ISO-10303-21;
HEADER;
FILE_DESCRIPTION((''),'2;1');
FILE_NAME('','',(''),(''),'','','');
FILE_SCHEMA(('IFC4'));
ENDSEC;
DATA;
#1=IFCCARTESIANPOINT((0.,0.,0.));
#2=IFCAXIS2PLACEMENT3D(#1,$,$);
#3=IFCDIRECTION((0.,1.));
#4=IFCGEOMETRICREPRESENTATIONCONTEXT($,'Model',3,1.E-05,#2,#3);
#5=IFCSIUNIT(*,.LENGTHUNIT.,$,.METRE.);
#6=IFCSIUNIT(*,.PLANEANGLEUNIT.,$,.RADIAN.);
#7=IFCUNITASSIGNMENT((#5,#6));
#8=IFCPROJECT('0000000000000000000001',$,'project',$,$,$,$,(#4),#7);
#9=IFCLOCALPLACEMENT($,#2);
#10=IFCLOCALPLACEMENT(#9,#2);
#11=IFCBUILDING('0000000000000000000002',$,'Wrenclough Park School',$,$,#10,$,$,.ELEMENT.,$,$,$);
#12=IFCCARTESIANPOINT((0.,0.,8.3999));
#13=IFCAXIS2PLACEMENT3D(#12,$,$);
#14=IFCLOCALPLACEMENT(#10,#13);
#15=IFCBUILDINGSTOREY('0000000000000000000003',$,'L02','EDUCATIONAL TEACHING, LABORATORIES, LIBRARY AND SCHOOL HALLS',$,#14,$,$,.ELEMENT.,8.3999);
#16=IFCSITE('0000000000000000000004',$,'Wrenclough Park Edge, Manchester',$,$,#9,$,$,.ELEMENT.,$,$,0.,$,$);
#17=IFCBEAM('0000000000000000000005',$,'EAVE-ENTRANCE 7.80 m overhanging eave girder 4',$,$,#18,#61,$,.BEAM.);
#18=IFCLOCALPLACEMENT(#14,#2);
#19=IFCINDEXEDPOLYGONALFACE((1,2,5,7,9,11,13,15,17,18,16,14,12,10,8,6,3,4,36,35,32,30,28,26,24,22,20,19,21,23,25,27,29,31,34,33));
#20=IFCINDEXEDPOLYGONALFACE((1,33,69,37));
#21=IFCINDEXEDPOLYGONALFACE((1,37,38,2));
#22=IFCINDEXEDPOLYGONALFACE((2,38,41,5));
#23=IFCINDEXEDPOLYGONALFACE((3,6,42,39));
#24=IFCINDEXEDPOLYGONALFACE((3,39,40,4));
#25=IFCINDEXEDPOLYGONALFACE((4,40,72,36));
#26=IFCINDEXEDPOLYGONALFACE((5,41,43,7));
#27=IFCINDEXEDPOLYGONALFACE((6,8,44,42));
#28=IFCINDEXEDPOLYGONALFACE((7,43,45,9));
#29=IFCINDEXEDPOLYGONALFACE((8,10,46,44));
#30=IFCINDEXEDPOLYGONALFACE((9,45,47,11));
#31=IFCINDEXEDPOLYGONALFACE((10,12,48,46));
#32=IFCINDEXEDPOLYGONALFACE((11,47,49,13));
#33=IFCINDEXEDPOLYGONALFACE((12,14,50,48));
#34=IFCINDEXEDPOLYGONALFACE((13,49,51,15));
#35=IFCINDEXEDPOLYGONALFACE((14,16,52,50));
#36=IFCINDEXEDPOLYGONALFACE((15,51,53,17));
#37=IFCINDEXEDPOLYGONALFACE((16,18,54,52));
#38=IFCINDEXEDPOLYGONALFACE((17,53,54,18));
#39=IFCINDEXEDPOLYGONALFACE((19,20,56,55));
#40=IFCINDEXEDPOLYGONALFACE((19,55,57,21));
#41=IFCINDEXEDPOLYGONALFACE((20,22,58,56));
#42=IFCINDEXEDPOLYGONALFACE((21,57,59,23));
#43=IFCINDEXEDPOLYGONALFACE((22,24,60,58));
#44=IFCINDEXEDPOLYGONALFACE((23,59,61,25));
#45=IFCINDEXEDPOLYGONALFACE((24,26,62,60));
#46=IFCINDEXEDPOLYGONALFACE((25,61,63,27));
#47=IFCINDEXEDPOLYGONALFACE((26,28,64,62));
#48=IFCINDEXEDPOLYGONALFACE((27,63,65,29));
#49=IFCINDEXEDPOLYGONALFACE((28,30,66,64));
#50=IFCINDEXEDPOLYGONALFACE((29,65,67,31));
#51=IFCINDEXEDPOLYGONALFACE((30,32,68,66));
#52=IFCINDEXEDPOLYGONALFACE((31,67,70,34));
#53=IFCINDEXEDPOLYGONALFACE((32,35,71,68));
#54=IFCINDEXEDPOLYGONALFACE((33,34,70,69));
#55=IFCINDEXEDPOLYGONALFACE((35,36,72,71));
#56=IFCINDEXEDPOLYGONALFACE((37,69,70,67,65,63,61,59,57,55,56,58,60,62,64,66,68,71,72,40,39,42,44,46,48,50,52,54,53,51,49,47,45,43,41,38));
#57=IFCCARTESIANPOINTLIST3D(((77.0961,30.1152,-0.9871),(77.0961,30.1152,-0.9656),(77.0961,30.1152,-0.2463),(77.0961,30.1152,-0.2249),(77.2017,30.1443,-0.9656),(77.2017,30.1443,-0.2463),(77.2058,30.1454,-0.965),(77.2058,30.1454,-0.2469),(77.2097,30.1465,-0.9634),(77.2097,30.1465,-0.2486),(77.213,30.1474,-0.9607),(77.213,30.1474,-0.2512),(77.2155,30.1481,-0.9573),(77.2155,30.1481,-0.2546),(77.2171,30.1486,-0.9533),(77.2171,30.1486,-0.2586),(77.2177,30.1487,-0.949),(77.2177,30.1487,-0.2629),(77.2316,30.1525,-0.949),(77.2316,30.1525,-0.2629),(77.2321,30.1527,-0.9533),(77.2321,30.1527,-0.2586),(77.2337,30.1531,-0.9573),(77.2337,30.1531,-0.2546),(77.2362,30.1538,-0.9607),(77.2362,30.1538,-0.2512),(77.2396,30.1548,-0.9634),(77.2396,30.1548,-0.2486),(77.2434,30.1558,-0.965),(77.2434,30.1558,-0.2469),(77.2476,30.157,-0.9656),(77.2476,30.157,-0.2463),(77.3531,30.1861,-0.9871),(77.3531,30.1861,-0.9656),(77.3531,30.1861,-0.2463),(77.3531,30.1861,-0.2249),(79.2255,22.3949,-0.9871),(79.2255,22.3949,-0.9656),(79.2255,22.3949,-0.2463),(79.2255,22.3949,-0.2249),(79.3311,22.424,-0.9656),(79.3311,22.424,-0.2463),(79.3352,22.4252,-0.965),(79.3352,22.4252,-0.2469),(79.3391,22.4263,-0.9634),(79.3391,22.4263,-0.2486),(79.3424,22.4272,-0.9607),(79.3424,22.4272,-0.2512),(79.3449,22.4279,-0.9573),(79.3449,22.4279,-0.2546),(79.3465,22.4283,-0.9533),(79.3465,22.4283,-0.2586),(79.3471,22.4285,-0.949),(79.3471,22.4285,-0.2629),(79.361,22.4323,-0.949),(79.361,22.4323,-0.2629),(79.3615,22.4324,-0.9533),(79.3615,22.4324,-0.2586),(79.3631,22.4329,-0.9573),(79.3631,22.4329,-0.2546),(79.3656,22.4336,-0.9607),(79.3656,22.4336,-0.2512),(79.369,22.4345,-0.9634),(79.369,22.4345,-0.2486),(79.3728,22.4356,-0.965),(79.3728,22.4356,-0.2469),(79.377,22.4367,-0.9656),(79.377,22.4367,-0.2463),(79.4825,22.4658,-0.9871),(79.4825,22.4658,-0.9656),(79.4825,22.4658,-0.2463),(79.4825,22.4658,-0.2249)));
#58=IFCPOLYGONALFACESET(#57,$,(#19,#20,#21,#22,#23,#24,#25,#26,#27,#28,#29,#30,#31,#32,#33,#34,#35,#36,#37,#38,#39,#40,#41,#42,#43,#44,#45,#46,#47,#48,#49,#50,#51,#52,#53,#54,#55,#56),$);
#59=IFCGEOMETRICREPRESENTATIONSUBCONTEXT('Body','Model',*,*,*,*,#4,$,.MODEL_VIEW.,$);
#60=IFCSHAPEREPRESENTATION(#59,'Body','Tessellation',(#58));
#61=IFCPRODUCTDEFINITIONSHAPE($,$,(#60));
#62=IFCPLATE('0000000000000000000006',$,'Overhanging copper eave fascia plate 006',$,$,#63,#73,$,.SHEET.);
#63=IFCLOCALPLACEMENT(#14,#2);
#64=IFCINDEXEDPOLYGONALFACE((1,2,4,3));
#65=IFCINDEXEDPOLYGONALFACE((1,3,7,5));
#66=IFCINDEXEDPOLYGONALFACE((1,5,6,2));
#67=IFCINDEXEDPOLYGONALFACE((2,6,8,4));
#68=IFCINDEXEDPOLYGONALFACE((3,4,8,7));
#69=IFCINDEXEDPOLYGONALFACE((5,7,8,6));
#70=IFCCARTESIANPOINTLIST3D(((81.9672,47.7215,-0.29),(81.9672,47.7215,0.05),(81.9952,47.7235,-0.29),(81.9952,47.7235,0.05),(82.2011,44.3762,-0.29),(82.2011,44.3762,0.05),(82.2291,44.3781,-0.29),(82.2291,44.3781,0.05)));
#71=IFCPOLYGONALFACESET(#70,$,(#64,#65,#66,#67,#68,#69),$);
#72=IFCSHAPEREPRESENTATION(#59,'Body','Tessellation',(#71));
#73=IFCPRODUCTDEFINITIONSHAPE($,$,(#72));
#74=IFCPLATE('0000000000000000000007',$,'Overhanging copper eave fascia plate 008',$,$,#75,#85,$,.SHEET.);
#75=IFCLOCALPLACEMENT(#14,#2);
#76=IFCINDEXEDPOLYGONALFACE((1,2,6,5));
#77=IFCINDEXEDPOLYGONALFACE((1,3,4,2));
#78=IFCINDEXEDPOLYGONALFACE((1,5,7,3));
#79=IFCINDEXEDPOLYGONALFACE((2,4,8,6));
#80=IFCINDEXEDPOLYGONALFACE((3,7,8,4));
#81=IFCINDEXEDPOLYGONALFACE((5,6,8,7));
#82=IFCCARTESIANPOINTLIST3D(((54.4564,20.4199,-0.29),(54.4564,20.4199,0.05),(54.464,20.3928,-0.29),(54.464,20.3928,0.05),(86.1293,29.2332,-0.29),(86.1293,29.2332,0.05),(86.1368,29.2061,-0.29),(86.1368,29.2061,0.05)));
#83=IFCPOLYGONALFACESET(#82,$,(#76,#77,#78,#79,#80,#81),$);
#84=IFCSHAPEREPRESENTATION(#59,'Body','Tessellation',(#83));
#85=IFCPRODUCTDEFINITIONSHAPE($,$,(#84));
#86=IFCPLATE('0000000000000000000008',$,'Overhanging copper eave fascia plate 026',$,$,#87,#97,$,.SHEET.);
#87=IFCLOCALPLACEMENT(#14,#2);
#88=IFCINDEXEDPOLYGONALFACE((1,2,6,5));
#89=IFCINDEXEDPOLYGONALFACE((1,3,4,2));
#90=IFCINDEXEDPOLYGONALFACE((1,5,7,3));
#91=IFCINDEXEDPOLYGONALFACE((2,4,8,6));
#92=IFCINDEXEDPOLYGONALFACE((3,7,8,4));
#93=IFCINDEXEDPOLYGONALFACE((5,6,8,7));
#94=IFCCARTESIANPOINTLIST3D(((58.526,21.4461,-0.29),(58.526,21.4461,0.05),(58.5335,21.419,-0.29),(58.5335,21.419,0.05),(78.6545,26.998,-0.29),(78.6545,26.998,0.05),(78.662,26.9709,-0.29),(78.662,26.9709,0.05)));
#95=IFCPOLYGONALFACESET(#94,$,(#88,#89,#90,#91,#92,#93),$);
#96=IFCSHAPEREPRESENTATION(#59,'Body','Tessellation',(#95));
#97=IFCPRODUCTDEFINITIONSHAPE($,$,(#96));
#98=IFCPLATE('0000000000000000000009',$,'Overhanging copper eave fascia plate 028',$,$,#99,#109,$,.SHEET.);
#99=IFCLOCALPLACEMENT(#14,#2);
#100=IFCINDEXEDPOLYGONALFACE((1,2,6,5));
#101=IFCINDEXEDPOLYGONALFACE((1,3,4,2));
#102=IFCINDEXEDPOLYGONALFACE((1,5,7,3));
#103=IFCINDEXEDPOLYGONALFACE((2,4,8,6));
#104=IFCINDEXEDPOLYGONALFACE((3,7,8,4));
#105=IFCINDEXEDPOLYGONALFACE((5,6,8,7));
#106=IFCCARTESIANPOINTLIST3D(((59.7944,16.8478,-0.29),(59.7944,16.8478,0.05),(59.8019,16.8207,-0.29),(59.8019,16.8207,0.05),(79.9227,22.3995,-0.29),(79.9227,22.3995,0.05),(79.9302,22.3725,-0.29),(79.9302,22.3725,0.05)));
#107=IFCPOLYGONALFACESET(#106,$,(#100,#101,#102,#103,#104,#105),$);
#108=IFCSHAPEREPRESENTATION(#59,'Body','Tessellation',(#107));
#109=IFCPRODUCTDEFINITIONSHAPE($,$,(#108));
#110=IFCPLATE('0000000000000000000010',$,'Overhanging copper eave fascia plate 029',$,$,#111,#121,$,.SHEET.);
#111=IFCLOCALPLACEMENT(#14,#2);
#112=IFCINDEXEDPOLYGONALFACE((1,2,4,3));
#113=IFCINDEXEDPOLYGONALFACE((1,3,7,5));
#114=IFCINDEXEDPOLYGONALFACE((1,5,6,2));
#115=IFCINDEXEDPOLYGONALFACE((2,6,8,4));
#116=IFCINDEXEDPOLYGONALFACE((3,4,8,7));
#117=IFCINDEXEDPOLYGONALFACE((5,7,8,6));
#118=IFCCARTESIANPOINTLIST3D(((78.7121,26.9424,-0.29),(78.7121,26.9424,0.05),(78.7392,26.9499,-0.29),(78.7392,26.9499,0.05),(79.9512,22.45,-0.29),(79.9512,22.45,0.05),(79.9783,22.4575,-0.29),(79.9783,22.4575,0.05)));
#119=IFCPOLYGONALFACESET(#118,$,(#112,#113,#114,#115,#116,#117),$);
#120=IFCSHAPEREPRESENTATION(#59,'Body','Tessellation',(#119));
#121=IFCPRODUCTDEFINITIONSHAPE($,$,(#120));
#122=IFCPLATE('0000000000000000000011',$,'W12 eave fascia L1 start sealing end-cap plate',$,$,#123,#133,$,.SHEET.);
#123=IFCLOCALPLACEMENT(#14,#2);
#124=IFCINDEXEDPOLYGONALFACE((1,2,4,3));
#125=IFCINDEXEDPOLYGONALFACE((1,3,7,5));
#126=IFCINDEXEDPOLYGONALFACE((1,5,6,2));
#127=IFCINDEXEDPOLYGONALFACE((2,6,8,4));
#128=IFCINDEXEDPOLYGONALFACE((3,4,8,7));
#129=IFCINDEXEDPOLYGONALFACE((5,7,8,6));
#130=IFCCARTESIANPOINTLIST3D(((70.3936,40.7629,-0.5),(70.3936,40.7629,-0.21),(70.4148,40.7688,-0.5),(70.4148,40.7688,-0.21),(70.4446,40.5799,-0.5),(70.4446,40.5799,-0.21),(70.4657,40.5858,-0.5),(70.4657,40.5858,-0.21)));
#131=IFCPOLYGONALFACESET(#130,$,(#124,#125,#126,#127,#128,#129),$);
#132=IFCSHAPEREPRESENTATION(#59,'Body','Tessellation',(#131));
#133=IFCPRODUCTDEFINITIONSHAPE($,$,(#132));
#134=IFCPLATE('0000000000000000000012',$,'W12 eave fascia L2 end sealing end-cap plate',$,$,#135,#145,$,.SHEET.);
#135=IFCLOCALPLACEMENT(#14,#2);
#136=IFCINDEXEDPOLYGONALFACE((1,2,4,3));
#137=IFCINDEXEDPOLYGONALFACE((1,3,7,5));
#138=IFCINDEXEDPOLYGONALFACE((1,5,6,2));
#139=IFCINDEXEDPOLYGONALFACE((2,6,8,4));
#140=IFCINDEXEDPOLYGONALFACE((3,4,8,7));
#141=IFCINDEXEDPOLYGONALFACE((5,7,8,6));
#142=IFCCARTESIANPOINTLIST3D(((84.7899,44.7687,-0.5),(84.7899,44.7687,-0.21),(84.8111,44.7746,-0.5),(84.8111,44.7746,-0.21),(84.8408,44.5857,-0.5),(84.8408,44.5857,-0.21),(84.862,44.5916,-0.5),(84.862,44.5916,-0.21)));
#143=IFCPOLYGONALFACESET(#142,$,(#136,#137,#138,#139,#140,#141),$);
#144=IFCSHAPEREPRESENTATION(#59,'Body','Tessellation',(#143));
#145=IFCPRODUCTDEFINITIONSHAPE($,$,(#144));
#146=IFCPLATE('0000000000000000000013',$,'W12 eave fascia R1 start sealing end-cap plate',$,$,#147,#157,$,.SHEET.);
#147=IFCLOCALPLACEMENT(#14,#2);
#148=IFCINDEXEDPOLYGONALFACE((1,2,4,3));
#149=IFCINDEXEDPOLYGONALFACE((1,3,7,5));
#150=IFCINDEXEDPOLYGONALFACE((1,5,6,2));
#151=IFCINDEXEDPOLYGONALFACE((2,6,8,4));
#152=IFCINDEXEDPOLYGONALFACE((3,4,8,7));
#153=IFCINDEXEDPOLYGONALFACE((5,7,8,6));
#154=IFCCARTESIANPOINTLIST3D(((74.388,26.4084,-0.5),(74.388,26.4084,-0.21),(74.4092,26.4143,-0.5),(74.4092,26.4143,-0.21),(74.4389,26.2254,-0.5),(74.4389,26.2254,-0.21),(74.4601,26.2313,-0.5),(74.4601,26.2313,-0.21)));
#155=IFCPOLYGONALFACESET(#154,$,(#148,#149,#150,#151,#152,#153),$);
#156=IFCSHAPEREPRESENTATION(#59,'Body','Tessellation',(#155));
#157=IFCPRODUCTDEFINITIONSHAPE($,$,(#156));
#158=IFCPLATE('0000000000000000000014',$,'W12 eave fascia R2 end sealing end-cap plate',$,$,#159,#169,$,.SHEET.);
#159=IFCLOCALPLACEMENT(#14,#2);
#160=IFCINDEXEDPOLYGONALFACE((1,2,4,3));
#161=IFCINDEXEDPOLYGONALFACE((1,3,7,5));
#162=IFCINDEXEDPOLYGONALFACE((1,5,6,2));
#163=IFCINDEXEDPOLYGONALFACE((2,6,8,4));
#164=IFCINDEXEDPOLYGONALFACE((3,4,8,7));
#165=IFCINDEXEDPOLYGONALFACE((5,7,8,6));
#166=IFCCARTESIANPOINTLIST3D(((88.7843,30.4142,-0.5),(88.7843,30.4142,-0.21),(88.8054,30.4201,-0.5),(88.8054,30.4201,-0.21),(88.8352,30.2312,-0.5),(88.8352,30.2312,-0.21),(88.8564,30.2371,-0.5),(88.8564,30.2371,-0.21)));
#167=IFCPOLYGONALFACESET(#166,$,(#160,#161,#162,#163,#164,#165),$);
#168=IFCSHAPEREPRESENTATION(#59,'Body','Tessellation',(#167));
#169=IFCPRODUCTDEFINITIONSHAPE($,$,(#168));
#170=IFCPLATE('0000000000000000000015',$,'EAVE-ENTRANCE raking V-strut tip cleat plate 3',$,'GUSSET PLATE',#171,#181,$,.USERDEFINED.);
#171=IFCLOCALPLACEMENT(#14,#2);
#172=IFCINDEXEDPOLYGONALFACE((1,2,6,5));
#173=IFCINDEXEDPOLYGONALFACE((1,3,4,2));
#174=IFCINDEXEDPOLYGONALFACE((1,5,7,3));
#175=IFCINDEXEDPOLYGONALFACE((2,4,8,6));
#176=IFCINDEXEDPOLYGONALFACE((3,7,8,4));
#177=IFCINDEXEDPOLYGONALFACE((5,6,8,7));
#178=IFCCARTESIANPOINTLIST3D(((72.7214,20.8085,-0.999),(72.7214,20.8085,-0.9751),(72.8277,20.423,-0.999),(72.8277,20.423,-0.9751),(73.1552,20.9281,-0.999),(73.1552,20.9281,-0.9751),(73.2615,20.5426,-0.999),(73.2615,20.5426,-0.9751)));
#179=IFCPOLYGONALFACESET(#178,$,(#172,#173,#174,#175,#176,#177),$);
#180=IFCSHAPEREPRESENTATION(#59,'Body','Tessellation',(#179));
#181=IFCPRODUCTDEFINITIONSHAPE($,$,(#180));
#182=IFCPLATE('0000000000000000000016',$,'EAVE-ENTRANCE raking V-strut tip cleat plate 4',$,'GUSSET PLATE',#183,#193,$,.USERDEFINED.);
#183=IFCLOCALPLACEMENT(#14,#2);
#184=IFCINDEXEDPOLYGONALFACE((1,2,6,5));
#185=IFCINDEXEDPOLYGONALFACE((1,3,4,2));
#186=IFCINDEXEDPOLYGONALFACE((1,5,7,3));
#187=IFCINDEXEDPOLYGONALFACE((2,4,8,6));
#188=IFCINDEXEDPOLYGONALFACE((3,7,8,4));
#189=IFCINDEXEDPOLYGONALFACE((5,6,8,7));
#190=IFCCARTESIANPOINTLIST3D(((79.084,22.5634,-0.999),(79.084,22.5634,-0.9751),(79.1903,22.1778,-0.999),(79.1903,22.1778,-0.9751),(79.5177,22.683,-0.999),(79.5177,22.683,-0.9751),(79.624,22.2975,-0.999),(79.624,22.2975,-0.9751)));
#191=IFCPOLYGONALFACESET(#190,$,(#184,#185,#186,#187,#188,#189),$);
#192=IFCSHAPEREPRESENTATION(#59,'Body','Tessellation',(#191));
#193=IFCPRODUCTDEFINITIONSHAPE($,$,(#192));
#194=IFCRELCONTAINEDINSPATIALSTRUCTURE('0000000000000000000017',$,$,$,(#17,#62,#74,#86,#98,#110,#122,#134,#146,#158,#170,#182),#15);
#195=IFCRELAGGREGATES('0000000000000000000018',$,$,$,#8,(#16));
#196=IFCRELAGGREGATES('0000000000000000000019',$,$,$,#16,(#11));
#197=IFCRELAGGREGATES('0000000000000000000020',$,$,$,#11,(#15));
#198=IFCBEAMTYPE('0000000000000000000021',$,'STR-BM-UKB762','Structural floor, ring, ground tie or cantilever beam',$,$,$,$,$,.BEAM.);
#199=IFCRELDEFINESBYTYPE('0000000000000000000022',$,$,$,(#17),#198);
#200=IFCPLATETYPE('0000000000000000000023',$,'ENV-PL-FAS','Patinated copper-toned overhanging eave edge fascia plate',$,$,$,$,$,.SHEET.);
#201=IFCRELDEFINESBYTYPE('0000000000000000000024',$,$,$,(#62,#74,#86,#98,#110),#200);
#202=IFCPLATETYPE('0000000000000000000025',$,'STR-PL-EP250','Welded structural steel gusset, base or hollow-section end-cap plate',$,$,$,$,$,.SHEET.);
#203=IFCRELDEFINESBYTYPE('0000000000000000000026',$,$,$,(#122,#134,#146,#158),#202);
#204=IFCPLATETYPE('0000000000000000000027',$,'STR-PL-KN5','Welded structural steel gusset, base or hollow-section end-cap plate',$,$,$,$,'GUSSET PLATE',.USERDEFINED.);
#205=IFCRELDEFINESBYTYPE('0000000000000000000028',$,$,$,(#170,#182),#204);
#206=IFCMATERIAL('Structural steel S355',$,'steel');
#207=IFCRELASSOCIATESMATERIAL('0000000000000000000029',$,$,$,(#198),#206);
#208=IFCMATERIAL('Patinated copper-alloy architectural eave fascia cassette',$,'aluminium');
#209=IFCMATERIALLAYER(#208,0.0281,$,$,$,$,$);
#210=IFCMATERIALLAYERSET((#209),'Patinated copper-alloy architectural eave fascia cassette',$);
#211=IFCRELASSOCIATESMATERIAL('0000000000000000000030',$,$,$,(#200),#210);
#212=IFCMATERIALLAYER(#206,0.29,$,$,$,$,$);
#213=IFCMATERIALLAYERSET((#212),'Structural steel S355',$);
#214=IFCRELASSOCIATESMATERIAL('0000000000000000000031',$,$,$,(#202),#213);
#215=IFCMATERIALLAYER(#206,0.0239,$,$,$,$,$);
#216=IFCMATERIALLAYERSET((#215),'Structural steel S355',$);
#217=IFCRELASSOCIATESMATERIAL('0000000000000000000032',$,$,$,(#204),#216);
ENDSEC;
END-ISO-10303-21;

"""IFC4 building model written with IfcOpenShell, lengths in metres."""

from ifc_helpers import new_model, si_unit, direction, frame, origin, origin_2d, place, context, subcontext, project, spatial, rectangle, i_section, extrude, material, layer, layer_set, material_profile, profile_set, type_object, element, save


model = new_model("IFC4")

# Units and contexts
model_context = context("Model", 3, precision=1e-05, world=origin(), true_north=direction((0.0, 1.0)))
body_context = subcontext(model_context, "Body", "Model", "MODEL_VIEW")
ifc_project = project(units=[si_unit("LENGTHUNIT", "METRE"), si_unit("PLANEANGLEUNIT", "RADIAN")], contexts=[model_context])

# Site, building, storey
site_placement = place(None, origin())
site = spatial("IfcSite", under=ifc_project, at=site_placement, Name="Wrenclough Park Edge, Manchester", CompositionType="ELEMENT", RefElevation=0.0)
building_placement = place(site_placement, origin())
building = spatial("IfcBuilding", under=site, at=building_placement, Name="Wrenclough Park School", CompositionType="ELEMENT")
storey_placement = place(building_placement, frame((0.0, 0.0, 8.3999)))
storey = spatial("IfcBuildingStorey", under=building, at=storey_placement, Name="L02", Description="EDUCATIONAL TEACHING, LABORATORIES, LIBRARY AND SCHOOL HALLS", CompositionType="ELEMENT", Elevation=8.3999)

# Beam
ifc_material_1 = material(Name="Structural steel S355", Category="steel")
ifc_material_profile_1 = material_profile(ifc_material_1, i_section(OverallWidth=0.2666, OverallDepth=0.7622, WebThickness=0.0144, FlangeThickness=0.0215, FilletRadius=0.0166, at=origin_2d()), Name="UKB 762x267x173")
ifc_profile_set_1 = profile_set([ifc_material_profile_1], Name="Structural steel S355")
beam_type_1 = type_object("IfcBeamType", Name="STR-BM-UKB762", Description="Structural floor, ring, ground tie or cantilever beam", PredefinedType="BEAM", material=ifc_profile_set_1)
for number, where, z_axis, x_axis, name in (
    (1, (77.2246, 30.1506, -0.606), (0.265892, -0.964003, 0.0), (0.964003, 0.265892, 0.0), "EAVE-ENTRANCE 7.80 m overhanging eave girder 4"),
):
    element("IfcBeam", number, at=place(storey_placement, frame(where, z_axis=z_axis, x_axis=x_axis)), inside=storey, type_object=beam_type_1, Name=name, PredefinedType="BEAM", context=body_context, shape_type="SweptSolid", body=[
        extrude(i_section(OverallWidth=0.2666, OverallDepth=0.7622, WebThickness=0.0144, FlangeThickness=0.0215, FilletRadius=0.0166, at=origin_2d()), origin(), (0.0, 0.0, 1.0), 8.0085),
    ])

# Plates
ifc_material_2 = material(Name="Patinated copper-alloy architectural eave fascia cassette", Category="aluminium")
ifc_layer_1 = layer(ifc_material_2, 0.0281)
ifc_layer_set_1 = layer_set([ifc_layer_1], Name="Patinated copper-alloy architectural eave fascia cassette")
plate_type_1 = type_object("IfcPlateType", Name="ENV-PL-FAS", Description="Patinated copper-toned overhanging eave edge fascia plate", PredefinedType="SHEET", material=ifc_layer_set_1)
plate_1_placement = place(storey_placement, frame((82.0981, 46.0498, -0.29), z_axis=(0.0, 0.0, 1.0), x_axis=(0.069758, -0.997564, 0.0)))
element("IfcPlate", 2, at=plate_1_placement, inside=storey, type_object=plate_type_1, Name="Overhanging copper eave fascia plate 006", PredefinedType="SHEET", context=body_context, shape_type="SweptSolid", body=[
    extrude(rectangle(XDim=3.3535, YDim=0.0281, at=origin_2d()), origin(), (0.0, 0.0, 1.0), 0.3401),
])
plate_2_placement = place(storey_placement, frame((70.2966, 24.813, -0.29), z_axis=(0.0, 0.0, 1.0), x_axis=(0.963398, 0.268076, 0.0)))
element("IfcPlate", 3, at=plate_2_placement, inside=storey, type_object=plate_type_1, Name="Overhanging copper eave fascia plate 008", PredefinedType="SHEET", context=body_context, shape_type="SweptSolid", body=[
    extrude(rectangle(XDim=32.8762, YDim=0.0281, at=origin_2d()), origin(), (0.0, 0.0, 1.0), 0.3401),
])
plate_3_placement = place(storey_placement, frame((68.594, 24.2085, -0.29), z_axis=(0.0, 0.0, 1.0), x_axis=(-0.964002, -0.265895, 0.0)))
element("IfcPlate", 4, at=plate_3_placement, inside=storey, type_object=plate_type_1, Name="Overhanging copper eave fascia plate 026", PredefinedType="SHEET", context=body_context, shape_type="SweptSolid", body=[
    extrude(rectangle(XDim=20.8801, YDim=0.0281, at=origin_2d()), origin(), (0.0, 0.0, 1.0), 0.3401),
])
plate_4_placement = place(storey_placement, frame((69.8623, 19.6101, -0.29), z_axis=(0.0, 0.0, 1.0), x_axis=(0.964003, 0.26589, 0.0)))
element("IfcPlate", 5, at=plate_4_placement, inside=storey, type_object=plate_type_1, Name="Overhanging copper eave fascia plate 028", PredefinedType="SHEET", context=body_context, shape_type="SweptSolid", body=[
    extrude(rectangle(XDim=20.8799, YDim=0.0281, at=origin_2d()), origin(), (0.0, 0.0, 1.0), 0.3401),
])
plate_5_placement = place(storey_placement, frame((79.3452, 24.7, -0.29), z_axis=(0.0, 0.0, 1.0), x_axis=(-0.265895, 0.964002, 0.0)))
element("IfcPlate", 6, at=plate_5_placement, inside=storey, type_object=plate_type_1, Name="Overhanging copper eave fascia plate 029", PredefinedType="SHEET", context=body_context, shape_type="SweptSolid", body=[
    extrude(rectangle(XDim=4.6602, YDim=0.0281, at=origin_2d()), origin(), (0.0, 0.0, 1.0), 0.3401),
])
ifc_layer_2 = layer(ifc_material_1, 0.29)
ifc_layer_set_2 = layer_set([ifc_layer_2], Name="Structural steel S355")
plate_type_2 = type_object("IfcPlateType", Name="STR-PL-EP250", Description="Welded structural steel gusset, base or hollow-section end-cap plate", PredefinedType="SHEET", material=ifc_layer_set_2)
for number, where, z_axis, x_axis, name in (
    (7, (70.4297, 40.6743, -0.5), (0.0, 0.0, 1.0), (0.963397, 0.268079, 0.0), "W12 eave fascia L1 start sealing end-cap plate"),
    (8, (84.8259, 44.6802, -0.5), (0.0, 0.0, 1.0), (0.963397, 0.268079, 0.0), "W12 eave fascia L2 end sealing end-cap plate"),
    (9, (74.4241, 26.3198, -0.5), (0.0, 0.0, 1.0), (0.963397, 0.268079, 0.0), "W12 eave fascia R1 start sealing end-cap plate"),
    (10, (88.8203, 30.3257, -0.5), (0.0, 0.0, 1.0), (0.963397, 0.268079, 0.0), "W12 eave fascia R2 end sealing end-cap plate"),
):
    element("IfcPlate", number, at=place(storey_placement, frame(where, z_axis=z_axis, x_axis=x_axis)), inside=storey, type_object=plate_type_2, Name=name, PredefinedType="SHEET", context=body_context, shape_type="SweptSolid", body=[
        extrude(rectangle(XDim=0.022, YDim=0.1899, at=origin_2d()), origin(), (0.0, 0.0, 1.0), 0.29),
    ])
ifc_layer_3 = layer(ifc_material_1, 0.0239)
ifc_layer_set_3 = layer_set([ifc_layer_3], Name="Structural steel S355")
plate_type_3 = type_object("IfcPlateType", Name="STR-PL-KN5", Description="Welded structural steel gusset, base or hollow-section end-cap plate", ElementType="GUSSET PLATE", PredefinedType="USERDEFINED", material=ifc_layer_set_3)
for number, where, z_axis, x_axis, name in (
    (11, (72.9915, 20.6755, -0.999), (0.0, 0.0, 1.0), (0.964003, 0.265893, 0.0), "EAVE-ENTRANCE raking V-strut tip cleat plate 3"),
    (12, (79.354, 22.4304, -0.999), (0.0, 0.0, 1.0), (0.964003, 0.265893, 0.0), "EAVE-ENTRANCE raking V-strut tip cleat plate 4"),
):
    element("IfcPlate", number, at=place(storey_placement, frame(where, z_axis=z_axis, x_axis=x_axis)), inside=storey, type_object=plate_type_3, Name=name, ObjectType="GUSSET PLATE", PredefinedType="USERDEFINED", context=body_context, shape_type="SweptSolid", body=[
        extrude(rectangle(XDim=0.45, YDim=0.3999, at=origin_2d()), origin(), (0.0, 0.0, 1.0), 0.0239),
    ])

save(model, "model.ifc")
